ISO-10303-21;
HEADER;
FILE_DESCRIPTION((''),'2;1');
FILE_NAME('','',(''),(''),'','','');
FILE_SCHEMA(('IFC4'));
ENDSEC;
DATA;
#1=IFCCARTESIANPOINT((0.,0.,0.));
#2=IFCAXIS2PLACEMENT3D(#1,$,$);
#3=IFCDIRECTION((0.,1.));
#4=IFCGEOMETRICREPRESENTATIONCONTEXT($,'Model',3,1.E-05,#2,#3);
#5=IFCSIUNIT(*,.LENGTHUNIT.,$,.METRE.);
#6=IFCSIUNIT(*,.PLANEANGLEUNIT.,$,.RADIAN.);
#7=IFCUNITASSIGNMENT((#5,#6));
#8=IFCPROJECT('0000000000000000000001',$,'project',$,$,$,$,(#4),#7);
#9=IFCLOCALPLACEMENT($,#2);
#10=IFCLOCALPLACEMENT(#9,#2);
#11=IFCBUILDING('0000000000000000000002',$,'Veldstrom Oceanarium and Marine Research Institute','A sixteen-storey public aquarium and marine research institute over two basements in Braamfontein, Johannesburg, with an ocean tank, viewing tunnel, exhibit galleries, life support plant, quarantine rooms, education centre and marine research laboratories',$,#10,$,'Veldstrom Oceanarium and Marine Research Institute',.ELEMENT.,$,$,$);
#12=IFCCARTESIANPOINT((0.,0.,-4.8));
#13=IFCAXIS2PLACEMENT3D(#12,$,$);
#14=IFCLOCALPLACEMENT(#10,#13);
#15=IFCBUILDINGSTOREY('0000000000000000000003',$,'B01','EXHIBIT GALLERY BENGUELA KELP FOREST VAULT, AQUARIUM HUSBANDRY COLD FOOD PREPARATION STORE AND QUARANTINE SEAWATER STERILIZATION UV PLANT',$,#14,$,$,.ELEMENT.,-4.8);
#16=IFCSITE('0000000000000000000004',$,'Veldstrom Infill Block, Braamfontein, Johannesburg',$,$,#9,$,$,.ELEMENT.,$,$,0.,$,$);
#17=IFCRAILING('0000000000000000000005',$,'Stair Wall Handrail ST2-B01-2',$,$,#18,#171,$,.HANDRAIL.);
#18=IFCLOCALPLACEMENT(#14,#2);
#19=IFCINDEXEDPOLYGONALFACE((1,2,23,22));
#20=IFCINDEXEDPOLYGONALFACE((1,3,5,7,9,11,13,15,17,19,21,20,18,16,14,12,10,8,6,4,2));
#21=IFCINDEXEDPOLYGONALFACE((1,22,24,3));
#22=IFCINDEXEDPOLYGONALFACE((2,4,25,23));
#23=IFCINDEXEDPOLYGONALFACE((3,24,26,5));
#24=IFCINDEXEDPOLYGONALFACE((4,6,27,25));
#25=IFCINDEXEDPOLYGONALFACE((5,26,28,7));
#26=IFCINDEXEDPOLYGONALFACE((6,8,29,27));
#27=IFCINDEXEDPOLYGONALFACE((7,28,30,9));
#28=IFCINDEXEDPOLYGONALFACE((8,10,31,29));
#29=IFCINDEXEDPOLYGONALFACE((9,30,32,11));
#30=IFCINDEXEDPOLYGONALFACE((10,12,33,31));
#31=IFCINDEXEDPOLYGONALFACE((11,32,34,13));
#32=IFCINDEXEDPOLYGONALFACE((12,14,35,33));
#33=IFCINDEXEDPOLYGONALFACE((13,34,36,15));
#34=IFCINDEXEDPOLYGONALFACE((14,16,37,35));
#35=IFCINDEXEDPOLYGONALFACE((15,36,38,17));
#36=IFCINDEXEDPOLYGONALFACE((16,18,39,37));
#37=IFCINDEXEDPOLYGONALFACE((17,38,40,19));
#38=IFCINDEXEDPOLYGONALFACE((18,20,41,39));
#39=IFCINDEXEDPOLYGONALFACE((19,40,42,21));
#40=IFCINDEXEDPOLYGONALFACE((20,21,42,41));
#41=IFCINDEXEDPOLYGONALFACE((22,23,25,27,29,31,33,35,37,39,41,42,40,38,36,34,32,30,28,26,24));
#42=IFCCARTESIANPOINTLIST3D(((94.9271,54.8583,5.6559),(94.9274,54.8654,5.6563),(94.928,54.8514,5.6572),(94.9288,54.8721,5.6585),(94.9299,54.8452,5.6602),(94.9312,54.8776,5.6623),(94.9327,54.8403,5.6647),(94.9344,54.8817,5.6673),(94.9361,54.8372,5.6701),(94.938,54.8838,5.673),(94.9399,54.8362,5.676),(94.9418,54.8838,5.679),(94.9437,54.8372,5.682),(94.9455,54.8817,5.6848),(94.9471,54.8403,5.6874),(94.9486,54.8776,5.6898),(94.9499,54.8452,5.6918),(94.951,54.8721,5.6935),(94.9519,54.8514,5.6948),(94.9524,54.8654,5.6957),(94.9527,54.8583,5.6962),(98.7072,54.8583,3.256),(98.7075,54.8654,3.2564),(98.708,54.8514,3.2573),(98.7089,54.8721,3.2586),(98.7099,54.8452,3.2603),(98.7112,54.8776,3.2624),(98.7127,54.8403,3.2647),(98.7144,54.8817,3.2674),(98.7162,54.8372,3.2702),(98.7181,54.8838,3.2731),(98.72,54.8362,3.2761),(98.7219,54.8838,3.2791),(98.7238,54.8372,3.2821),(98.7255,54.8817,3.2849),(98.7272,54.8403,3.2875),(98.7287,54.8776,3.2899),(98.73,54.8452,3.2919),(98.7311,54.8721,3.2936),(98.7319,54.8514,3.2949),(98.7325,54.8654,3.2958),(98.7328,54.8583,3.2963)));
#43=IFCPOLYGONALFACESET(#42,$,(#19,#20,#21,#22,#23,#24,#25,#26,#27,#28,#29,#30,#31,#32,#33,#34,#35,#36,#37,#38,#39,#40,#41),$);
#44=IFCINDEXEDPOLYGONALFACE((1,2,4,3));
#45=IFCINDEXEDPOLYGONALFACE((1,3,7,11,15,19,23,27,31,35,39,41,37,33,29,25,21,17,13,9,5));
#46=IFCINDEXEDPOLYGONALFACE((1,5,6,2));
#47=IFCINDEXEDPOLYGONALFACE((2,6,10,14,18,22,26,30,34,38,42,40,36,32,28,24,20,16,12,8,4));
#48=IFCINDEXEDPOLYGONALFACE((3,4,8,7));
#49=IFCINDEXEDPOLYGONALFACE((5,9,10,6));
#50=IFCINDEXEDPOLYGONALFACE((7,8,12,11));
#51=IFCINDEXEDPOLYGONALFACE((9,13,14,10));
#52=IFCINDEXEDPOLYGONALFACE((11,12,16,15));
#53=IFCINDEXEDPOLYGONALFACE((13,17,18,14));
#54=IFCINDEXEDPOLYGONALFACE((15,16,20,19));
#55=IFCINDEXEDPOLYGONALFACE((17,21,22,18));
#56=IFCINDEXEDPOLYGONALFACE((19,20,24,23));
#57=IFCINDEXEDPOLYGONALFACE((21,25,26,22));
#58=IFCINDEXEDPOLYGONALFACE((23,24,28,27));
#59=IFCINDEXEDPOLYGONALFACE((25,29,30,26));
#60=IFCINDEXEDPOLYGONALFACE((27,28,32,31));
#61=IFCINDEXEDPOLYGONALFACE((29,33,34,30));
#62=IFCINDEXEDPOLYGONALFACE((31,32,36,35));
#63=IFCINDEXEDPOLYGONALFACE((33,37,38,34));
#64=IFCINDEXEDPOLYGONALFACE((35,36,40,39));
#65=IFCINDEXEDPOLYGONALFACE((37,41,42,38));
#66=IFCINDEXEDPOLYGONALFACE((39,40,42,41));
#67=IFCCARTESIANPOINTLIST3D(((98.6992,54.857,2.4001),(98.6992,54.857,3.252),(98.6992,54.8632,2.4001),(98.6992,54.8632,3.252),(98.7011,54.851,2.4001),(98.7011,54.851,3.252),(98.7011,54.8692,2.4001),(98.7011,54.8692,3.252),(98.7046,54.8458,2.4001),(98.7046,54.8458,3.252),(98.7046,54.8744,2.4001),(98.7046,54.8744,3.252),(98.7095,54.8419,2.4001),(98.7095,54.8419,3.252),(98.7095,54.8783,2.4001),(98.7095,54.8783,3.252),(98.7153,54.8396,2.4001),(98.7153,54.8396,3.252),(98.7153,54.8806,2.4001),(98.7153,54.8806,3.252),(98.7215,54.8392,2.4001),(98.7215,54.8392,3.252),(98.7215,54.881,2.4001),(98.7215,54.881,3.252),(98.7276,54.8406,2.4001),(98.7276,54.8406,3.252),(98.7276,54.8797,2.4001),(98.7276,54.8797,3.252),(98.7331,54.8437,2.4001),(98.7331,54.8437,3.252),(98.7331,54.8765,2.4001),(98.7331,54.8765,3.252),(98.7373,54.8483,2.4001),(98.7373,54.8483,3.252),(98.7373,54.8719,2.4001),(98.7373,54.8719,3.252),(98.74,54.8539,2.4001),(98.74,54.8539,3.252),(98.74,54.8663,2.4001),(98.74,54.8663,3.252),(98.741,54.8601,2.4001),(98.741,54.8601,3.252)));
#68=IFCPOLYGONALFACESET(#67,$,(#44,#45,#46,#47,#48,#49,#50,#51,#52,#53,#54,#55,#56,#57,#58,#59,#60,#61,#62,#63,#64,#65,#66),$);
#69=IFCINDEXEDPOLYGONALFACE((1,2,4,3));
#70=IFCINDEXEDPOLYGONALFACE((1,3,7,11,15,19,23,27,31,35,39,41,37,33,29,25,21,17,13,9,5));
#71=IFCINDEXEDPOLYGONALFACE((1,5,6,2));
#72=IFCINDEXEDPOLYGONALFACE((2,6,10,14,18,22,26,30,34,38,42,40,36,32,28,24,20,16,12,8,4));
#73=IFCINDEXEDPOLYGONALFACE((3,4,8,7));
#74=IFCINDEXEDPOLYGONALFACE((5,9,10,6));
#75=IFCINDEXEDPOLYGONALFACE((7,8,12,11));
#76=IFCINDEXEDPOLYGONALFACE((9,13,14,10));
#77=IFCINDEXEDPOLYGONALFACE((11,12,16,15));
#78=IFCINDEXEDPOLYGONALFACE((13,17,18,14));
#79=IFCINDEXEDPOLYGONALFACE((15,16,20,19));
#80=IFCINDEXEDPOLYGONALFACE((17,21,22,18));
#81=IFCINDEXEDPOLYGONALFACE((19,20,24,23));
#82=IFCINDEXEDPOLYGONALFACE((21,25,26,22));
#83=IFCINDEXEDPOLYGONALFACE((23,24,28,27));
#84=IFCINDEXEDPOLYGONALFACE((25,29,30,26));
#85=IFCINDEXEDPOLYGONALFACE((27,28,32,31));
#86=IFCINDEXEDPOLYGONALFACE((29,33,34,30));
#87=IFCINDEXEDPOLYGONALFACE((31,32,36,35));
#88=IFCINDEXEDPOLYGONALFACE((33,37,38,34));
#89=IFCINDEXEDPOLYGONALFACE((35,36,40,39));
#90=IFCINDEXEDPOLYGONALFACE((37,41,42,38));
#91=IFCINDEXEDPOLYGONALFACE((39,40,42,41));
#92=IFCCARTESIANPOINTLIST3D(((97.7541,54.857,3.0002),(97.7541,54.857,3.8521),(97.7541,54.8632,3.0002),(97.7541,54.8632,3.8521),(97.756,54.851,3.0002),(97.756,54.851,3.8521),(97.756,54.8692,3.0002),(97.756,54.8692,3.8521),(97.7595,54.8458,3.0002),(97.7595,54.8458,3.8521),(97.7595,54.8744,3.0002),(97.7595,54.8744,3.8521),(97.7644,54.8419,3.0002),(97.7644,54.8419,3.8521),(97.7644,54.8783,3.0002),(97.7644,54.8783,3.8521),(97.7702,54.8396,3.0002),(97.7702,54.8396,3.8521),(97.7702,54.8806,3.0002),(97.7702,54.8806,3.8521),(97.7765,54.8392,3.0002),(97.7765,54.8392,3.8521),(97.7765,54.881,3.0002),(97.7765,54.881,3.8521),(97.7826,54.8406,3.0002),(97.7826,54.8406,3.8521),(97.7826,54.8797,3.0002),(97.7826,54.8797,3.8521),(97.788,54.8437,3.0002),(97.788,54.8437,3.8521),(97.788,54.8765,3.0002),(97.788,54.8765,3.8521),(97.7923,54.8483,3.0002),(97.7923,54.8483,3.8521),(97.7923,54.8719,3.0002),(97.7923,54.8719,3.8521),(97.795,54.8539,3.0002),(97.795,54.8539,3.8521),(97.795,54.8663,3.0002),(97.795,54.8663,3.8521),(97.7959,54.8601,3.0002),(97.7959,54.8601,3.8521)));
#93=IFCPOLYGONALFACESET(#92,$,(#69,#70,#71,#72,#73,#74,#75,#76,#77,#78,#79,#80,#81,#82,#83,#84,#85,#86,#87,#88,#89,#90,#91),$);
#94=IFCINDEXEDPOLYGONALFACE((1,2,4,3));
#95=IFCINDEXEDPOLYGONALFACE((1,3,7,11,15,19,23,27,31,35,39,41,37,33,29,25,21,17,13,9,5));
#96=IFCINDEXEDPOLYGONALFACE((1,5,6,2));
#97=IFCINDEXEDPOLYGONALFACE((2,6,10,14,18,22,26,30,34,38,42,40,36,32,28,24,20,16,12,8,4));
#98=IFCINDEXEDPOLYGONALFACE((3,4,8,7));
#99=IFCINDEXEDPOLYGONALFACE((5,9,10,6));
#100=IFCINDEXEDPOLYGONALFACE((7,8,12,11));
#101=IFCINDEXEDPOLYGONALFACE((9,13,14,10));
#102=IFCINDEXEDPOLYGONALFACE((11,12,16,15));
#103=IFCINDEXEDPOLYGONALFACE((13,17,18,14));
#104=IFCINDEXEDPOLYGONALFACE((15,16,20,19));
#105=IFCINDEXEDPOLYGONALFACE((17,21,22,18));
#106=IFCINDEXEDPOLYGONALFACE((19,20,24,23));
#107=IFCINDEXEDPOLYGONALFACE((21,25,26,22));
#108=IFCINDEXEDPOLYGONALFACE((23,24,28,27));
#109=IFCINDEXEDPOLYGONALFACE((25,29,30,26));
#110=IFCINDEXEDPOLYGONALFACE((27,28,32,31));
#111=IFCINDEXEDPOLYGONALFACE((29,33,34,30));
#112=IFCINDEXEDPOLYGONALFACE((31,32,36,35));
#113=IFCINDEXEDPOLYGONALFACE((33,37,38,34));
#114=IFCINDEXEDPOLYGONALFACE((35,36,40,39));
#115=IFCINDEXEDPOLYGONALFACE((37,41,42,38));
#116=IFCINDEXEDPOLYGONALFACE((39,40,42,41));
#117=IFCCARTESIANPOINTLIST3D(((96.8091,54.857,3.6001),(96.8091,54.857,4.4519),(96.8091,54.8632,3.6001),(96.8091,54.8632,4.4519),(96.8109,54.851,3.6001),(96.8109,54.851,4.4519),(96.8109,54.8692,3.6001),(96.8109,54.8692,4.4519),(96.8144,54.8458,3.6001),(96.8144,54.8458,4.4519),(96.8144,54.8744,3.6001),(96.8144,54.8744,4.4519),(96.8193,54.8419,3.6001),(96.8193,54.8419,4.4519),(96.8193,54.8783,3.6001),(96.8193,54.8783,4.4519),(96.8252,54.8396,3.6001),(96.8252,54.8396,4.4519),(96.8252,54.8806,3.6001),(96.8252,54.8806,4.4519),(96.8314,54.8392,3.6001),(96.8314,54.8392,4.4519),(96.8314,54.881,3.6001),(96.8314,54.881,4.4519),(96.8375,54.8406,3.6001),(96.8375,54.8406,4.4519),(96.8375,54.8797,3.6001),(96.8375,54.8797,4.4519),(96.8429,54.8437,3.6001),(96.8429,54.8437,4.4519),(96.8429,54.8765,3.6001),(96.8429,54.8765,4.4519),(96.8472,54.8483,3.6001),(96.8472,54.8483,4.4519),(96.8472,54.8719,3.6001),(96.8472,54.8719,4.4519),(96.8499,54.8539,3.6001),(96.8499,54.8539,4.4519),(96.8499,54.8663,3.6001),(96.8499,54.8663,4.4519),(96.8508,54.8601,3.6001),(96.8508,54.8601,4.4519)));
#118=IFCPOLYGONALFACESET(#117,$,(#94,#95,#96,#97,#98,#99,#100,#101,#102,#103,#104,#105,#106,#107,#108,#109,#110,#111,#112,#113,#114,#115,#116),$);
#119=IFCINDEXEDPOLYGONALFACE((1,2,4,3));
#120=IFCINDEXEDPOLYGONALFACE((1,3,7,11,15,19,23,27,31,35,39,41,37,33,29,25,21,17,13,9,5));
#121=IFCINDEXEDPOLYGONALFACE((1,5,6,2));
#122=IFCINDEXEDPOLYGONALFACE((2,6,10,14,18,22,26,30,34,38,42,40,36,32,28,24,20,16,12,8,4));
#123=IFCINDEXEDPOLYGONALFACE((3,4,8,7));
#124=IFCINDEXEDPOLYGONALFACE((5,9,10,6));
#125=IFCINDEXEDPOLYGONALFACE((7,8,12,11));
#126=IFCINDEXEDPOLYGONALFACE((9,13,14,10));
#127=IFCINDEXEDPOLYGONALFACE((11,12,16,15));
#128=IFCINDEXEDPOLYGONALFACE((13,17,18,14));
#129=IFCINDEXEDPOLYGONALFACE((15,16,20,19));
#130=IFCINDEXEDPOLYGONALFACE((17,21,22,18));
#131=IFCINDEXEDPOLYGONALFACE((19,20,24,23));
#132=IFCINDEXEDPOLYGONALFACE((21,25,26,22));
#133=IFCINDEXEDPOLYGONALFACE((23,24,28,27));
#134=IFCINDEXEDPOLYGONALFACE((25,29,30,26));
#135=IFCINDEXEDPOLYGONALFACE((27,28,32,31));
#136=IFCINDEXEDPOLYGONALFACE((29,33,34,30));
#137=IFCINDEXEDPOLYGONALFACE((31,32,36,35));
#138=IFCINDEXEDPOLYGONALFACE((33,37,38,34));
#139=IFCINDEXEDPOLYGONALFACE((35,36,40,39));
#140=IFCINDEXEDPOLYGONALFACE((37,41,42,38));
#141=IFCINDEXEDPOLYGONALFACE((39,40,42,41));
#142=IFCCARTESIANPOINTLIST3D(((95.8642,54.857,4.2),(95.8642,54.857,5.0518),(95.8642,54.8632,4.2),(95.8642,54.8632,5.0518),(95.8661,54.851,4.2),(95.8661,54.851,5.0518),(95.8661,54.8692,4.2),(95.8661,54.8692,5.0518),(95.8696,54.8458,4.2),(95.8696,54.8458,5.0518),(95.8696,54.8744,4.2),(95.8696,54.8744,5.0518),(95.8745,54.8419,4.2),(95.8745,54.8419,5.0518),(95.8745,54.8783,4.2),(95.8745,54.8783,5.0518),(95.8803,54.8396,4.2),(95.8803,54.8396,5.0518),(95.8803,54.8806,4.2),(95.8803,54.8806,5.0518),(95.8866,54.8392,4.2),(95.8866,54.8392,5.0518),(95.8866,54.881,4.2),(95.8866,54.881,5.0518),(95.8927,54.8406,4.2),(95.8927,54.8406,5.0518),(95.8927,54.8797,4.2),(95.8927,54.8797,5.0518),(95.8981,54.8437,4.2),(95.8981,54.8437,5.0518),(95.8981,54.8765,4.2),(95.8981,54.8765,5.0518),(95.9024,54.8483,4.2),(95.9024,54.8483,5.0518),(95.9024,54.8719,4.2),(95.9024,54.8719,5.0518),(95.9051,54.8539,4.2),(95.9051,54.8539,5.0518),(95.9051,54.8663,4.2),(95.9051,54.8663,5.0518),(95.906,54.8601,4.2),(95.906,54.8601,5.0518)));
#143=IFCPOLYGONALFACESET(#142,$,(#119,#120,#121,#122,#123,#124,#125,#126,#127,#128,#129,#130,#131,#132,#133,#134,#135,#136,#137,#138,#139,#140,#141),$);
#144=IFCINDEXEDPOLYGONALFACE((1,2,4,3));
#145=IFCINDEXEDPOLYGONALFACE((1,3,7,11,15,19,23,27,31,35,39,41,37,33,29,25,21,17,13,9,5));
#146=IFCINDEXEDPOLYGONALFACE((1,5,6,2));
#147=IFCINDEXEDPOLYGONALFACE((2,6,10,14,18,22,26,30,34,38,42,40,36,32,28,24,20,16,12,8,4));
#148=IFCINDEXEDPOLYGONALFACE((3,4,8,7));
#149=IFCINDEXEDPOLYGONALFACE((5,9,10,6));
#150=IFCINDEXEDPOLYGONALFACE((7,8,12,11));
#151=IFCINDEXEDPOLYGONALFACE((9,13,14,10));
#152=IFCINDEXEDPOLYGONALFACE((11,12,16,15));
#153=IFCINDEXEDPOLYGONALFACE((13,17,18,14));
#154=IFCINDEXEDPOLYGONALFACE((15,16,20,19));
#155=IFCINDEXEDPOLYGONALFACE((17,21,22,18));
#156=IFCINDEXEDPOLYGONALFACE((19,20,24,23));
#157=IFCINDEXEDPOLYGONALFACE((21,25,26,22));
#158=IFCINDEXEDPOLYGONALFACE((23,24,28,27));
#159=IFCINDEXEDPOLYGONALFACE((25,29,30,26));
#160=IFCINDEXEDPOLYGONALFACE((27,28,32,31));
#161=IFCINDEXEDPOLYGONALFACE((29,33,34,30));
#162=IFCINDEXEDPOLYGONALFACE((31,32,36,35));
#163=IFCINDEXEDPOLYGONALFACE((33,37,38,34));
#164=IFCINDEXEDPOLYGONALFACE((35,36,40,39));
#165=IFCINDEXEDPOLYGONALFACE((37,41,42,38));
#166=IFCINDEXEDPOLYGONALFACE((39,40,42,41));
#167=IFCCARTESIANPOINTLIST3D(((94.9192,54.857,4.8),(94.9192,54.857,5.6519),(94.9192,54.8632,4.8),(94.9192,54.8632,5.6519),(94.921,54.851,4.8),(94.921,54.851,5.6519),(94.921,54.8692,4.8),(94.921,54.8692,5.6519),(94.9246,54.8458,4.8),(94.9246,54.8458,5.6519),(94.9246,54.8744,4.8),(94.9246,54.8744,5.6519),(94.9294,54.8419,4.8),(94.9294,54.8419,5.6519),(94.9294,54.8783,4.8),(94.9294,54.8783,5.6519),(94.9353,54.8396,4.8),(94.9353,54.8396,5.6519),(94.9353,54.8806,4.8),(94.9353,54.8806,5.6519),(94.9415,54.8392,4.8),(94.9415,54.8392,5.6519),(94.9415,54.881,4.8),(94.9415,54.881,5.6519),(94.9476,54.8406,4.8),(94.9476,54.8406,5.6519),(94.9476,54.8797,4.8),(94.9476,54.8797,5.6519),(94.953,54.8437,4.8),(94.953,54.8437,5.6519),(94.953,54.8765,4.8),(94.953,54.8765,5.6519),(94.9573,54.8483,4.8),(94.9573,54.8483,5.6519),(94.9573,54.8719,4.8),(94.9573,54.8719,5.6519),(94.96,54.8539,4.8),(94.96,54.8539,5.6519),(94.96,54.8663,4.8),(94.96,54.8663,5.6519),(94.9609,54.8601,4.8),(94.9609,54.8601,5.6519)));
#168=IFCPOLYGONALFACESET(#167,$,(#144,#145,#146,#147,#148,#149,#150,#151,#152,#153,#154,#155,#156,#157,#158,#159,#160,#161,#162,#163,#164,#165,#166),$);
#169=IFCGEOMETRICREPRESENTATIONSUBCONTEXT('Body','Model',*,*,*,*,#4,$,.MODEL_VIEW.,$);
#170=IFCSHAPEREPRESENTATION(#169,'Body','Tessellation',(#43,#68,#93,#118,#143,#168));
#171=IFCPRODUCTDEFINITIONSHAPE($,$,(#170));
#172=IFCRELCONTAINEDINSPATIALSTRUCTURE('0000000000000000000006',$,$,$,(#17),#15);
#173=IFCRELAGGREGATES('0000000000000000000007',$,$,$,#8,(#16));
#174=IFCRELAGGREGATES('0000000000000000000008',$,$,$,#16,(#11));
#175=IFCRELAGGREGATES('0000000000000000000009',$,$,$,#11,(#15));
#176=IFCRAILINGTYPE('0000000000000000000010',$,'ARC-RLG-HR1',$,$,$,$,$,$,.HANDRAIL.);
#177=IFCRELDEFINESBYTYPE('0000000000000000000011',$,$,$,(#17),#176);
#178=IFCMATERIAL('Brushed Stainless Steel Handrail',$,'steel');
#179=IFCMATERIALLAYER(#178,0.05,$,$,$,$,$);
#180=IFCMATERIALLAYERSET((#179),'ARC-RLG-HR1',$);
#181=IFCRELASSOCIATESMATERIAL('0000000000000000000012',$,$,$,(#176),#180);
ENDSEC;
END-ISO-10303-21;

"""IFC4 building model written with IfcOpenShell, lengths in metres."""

from ifc_helpers import new_model, si_unit, direction, frame, origin, origin_2d, place, context, subcontext, project, spatial, circle, extrude, material, layer, layer_set, type_object, element, save


model = new_model("IFC4")

# Units and contexts
model_context = context("Model", 3, precision=1e-05, world=origin(), true_north=direction((0.0, 1.0)))
body_context = subcontext(model_context, "Body", "Model", "MODEL_VIEW")
ifc_project = project(units=[si_unit("LENGTHUNIT", "METRE"), si_unit("PLANEANGLEUNIT", "RADIAN")], contexts=[model_context])

# Site, building, storey
site_placement = place(None, origin())
site = spatial("IfcSite", under=ifc_project, at=site_placement, Name="Veldstrom Infill Block, Braamfontein, Johannesburg", CompositionType="ELEMENT", RefElevation=0.0)
building_placement = place(site_placement, origin())
building = spatial("IfcBuilding", under=site, at=building_placement, Name="Veldstrom Oceanarium and Marine Research Institute", Description="A sixteen-storey public aquarium and marine research institute over two basements in Braamfontein, Johannesburg, with an ocean tank, viewing tunnel, exhibit galleries, life support plant, quarantine rooms, education centre and marine research laboratories", LongName="Veldstrom Oceanarium and Marine Research Institute", CompositionType="ELEMENT")
storey_placement = place(building_placement, frame((0.0, 0.0, -4.8)))
storey = spatial("IfcBuildingStorey", under=building, at=storey_placement, Name="B01", Description="EXHIBIT GALLERY BENGUELA KELP FOREST VAULT, AQUARIUM HUSBANDRY COLD FOOD PREPARATION STORE AND QUARANTINE SEAWATER STERILIZATION UV PLANT", CompositionType="ELEMENT", Elevation=-4.8)

# Railing
ifc_material_1 = material(Name="Brushed Stainless Steel Handrail", Category="steel")
ifc_layer_1 = layer(ifc_material_1, 0.05)
ifc_layer_set_1 = layer_set([ifc_layer_1], Name="ARC-RLG-HR1")
railing_type_1 = type_object("IfcRailingType", Name="ARC-RLG-HR1", PredefinedType="HANDRAIL", material=ifc_layer_set_1)
railing_1_placement = place(storey_placement, frame((98.72, 54.8601, 2.4001)))
element("IfcRailing", 1, at=railing_1_placement, inside=storey, type_object=railing_type_1, Name="Stair Wall Handrail ST2-B01-2", PredefinedType="HANDRAIL", context=body_context, shape_type="SweptSolid", body=[
    extrude(circle(Radius=0.0239, at=origin_2d()), frame((0.0, 0.0, 0.876), z_axis=(-0.844225, 0.0, 0.53599), x_axis=(0.0, -1.0, 0.0)), (0.0, 0.0, 1.0), 4.4775),
    extrude(circle(Radius=0.021, at=origin_2d()), origin(), (0.0, 0.0, 1.0), 0.8518),
    extrude(circle(Radius=0.021, at=origin_2d()), frame((-0.9451, 0.0, 0.6001)), (0.0, 0.0, 1.0), 0.8518),
    extrude(circle(Radius=0.021, at=origin_2d()), frame((-1.8901, 0.0, 1.2)), (0.0, 0.0, 1.0), 0.8518),
    extrude(circle(Radius=0.021, at=origin_2d()), frame((-2.835, 0.0, 1.7998)), (0.0, 0.0, 1.0), 0.8518),
    extrude(circle(Radius=0.021, at=origin_2d()), frame((-3.78, 0.0, 2.3999)), (0.0, 0.0, 1.0), 0.8518),
])

save(model, "model.ifc")
